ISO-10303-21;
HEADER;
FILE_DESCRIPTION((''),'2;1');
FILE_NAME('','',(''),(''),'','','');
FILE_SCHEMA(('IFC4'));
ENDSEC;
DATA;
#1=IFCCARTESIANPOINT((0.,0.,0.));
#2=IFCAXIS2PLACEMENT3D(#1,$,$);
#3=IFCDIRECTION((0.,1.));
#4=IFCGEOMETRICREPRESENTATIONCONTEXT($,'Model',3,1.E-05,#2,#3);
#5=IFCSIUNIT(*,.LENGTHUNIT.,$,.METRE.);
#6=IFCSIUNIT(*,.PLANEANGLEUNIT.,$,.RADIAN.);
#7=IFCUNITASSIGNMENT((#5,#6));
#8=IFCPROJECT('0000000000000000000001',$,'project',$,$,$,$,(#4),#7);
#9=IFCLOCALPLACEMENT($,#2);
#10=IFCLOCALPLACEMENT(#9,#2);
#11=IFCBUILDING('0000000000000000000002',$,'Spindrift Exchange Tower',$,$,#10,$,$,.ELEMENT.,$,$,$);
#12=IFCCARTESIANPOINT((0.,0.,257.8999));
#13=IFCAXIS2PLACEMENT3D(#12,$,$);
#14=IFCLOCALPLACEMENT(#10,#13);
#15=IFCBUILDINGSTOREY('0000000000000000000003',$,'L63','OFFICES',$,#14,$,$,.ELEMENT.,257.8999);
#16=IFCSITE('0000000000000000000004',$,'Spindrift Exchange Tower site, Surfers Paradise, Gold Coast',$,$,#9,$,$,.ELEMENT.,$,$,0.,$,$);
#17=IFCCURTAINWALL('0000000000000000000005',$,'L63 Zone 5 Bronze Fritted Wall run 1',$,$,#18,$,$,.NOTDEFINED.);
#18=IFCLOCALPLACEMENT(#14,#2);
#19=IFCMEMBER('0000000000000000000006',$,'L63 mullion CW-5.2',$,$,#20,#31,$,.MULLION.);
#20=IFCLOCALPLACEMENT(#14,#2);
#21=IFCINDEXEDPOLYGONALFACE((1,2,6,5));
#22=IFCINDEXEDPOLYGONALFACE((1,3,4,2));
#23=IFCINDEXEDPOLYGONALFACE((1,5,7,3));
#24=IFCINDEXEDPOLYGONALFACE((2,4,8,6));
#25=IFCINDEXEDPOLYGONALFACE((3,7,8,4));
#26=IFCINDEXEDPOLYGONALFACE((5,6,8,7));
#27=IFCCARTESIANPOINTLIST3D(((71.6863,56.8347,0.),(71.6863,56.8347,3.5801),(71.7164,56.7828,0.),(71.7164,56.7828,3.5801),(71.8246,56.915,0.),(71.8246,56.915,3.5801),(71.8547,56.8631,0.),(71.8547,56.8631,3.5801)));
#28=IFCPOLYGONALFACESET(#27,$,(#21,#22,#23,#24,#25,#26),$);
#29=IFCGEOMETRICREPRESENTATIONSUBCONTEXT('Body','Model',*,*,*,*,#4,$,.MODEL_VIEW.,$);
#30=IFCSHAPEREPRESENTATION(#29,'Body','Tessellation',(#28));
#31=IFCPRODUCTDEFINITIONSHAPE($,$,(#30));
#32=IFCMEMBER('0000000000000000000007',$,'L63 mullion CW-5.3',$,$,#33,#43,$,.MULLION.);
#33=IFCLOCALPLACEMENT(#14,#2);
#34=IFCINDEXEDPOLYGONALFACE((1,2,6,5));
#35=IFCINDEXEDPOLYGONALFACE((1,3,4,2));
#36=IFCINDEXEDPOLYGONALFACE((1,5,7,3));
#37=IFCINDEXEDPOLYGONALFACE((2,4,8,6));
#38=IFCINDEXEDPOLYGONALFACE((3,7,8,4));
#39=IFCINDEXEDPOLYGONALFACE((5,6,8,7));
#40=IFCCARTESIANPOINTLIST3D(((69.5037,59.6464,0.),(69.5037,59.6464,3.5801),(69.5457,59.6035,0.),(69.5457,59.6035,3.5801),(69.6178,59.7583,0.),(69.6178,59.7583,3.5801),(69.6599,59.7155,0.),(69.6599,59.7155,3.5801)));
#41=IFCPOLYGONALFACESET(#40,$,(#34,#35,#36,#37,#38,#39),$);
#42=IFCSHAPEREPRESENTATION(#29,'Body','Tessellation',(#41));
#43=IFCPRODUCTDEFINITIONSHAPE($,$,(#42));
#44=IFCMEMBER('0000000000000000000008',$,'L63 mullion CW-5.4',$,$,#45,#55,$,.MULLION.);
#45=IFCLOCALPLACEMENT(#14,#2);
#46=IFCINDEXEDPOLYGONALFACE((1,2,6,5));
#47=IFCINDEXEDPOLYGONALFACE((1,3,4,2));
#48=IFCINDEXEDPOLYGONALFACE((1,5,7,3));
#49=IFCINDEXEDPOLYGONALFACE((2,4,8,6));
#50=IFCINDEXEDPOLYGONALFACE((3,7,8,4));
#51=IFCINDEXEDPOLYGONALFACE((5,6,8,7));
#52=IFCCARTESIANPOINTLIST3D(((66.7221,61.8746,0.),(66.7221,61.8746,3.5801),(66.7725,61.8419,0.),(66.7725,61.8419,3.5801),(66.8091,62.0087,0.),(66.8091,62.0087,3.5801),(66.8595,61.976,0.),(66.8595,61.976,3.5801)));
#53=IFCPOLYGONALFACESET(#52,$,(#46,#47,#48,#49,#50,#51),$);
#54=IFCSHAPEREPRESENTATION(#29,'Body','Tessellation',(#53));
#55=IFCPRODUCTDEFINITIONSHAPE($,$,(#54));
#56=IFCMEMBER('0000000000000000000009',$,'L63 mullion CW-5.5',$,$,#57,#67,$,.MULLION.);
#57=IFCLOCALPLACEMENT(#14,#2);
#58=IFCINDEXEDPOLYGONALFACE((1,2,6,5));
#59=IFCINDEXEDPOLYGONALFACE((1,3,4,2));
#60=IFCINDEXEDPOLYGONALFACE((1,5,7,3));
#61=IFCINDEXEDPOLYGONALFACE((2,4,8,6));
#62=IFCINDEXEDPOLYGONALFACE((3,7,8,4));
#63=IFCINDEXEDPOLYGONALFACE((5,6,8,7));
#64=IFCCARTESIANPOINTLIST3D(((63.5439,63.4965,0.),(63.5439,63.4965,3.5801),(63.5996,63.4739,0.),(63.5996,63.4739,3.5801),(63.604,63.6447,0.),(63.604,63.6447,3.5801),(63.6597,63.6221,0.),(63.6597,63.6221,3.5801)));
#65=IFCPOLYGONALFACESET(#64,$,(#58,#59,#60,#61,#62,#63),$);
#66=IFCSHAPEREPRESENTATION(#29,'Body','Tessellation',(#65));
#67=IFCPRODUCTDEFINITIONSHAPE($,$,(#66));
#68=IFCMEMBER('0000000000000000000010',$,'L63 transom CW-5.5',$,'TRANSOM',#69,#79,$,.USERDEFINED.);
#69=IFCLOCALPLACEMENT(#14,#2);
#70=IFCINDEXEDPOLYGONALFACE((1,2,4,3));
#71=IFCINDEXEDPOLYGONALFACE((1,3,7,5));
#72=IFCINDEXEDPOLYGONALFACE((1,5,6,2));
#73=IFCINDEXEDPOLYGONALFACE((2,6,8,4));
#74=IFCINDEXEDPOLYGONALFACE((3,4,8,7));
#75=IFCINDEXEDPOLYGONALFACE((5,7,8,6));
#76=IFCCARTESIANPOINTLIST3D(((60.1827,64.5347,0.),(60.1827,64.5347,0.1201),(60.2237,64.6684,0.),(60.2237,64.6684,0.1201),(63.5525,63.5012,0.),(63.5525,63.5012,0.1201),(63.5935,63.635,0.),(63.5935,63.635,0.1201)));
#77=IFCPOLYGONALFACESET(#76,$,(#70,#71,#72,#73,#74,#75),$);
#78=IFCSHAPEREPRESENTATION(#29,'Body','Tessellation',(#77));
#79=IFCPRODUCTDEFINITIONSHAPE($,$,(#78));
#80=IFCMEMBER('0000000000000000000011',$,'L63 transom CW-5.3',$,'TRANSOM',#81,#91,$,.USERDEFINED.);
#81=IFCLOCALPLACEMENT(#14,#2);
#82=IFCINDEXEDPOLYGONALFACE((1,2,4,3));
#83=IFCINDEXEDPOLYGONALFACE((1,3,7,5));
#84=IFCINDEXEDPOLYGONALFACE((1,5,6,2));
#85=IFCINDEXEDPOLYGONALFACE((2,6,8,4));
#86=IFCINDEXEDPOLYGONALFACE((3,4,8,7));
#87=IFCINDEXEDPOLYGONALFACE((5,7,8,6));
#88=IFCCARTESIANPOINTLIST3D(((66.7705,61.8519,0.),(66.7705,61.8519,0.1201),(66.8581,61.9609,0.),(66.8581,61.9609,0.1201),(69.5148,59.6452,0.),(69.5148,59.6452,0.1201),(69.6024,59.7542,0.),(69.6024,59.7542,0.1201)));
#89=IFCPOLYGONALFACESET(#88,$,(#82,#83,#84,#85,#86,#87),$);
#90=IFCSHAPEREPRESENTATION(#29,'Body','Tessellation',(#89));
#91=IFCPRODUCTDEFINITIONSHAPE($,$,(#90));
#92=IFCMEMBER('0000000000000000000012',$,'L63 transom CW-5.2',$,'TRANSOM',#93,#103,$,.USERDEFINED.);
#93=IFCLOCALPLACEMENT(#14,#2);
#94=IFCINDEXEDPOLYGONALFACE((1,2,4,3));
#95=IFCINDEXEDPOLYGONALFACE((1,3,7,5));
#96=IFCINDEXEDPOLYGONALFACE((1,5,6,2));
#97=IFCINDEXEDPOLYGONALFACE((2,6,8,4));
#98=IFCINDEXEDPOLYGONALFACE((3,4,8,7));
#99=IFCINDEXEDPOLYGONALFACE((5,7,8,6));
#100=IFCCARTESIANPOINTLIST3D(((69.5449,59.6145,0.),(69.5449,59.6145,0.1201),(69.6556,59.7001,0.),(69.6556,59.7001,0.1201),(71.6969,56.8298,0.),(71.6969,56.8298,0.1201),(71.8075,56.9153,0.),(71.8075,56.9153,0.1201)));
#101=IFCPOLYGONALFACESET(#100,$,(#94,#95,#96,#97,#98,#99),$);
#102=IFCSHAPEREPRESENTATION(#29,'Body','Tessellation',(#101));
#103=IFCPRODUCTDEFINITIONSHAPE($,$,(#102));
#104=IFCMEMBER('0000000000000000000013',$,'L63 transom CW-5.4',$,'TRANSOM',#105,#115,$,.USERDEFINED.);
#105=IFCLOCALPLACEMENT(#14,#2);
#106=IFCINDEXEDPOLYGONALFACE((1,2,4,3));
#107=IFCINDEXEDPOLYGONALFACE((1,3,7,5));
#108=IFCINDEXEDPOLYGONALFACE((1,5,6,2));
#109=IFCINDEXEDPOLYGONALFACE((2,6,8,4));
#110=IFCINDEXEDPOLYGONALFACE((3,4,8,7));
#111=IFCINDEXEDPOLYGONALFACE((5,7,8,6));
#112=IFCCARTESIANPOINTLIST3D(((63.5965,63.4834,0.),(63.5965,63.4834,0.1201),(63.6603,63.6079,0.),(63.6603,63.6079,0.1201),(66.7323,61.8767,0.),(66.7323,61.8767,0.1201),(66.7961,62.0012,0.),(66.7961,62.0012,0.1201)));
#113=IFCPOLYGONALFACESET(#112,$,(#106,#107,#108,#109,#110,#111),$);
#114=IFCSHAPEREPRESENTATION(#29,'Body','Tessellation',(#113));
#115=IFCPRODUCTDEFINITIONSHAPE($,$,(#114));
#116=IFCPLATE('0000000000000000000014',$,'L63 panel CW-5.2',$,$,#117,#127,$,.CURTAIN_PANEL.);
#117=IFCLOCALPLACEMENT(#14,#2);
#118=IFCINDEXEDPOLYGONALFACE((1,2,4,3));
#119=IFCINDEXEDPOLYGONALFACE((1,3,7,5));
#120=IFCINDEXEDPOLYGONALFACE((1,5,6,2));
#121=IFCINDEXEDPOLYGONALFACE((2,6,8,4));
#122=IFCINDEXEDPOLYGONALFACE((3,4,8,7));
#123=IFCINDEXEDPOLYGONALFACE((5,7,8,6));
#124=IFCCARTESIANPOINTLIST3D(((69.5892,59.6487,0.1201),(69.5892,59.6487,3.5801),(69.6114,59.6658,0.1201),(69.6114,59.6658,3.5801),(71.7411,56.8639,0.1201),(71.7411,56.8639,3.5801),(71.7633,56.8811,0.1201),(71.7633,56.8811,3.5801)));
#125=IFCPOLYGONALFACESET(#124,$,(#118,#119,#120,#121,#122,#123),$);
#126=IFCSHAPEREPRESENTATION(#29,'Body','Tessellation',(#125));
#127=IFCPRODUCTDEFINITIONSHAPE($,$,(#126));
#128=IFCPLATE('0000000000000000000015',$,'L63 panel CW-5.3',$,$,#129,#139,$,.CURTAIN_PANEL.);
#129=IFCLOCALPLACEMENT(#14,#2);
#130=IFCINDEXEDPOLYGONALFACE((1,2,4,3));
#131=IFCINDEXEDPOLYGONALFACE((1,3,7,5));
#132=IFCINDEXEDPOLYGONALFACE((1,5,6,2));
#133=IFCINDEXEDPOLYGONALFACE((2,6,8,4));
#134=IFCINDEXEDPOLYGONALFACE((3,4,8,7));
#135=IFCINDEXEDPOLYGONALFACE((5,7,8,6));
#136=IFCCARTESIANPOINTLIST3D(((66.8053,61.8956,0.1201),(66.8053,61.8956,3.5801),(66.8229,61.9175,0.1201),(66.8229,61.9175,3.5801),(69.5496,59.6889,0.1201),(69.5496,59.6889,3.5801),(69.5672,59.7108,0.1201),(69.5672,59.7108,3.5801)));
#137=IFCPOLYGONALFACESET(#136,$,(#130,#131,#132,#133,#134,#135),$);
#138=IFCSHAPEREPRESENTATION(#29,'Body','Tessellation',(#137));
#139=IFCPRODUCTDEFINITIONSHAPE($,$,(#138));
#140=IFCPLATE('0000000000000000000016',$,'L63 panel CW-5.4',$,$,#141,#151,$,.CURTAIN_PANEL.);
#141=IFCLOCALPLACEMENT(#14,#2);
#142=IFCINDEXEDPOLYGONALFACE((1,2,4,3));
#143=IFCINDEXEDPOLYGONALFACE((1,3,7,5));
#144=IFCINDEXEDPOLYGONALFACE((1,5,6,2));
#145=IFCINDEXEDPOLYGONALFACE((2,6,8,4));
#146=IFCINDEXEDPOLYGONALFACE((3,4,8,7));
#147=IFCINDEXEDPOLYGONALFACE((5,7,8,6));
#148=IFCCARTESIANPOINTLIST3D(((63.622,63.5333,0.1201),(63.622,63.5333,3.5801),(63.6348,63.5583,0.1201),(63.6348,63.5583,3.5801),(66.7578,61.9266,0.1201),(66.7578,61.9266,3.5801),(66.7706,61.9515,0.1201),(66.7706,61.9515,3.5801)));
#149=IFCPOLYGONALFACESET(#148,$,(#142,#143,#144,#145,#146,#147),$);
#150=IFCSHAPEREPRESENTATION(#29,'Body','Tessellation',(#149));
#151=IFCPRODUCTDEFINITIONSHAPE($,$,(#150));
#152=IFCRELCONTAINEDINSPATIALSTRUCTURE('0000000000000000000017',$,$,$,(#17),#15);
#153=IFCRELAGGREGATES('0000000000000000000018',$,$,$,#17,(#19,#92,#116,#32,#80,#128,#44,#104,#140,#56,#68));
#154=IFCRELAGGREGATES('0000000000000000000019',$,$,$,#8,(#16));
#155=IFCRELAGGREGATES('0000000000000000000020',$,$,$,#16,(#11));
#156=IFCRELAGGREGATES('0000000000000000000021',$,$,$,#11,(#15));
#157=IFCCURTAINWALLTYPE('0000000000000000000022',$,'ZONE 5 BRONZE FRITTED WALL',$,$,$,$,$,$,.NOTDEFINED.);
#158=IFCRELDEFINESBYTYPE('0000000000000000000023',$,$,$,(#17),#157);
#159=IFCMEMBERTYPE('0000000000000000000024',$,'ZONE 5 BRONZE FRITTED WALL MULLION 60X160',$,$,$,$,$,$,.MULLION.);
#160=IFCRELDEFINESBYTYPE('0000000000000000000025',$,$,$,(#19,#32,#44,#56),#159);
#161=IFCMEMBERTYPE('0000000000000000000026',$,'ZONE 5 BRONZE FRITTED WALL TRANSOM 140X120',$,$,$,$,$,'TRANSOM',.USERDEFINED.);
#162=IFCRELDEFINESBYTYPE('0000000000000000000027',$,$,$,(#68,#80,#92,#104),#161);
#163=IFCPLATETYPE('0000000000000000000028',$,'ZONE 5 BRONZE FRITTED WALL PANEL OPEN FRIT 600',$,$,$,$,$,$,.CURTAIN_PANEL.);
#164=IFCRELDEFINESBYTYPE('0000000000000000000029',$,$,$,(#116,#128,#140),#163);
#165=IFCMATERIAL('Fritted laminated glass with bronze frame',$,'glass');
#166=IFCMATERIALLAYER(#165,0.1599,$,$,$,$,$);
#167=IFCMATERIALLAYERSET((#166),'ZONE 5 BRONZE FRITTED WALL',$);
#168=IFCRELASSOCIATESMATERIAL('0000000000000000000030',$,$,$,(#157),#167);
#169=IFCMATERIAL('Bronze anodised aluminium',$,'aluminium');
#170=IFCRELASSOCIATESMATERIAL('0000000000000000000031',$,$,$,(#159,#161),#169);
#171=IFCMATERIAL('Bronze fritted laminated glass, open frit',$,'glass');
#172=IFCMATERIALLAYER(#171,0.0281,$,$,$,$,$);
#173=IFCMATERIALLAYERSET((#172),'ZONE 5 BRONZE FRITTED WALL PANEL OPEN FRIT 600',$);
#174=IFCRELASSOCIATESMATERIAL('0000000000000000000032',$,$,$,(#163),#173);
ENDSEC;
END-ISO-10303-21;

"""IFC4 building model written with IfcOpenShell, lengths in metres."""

from ifc_helpers import new_model, si_unit, direction, frame, origin, origin_2d, place, context, subcontext, project, spatial, rectangle, extrude, source, transform, mapped, material, layer, layer_set, material_profile, profile_set, type_object, element, aggregate, save


model = new_model("IFC4")

# Units and contexts
model_context = context("Model", 3, precision=1e-05, world=origin(), true_north=direction((0.0, 1.0)))
body_context = subcontext(model_context, "Body", "Model", "MODEL_VIEW")
ifc_project = project(units=[si_unit("LENGTHUNIT", "METRE"), si_unit("PLANEANGLEUNIT", "RADIAN")], contexts=[model_context])

# Site, building, storey
site_placement = place(None, origin())
site = spatial("IfcSite", under=ifc_project, at=site_placement, Name="Spindrift Exchange Tower site, Surfers Paradise, Gold Coast", CompositionType="ELEMENT", RefElevation=0.0)
building_placement = place(site_placement, origin())
building = spatial("IfcBuilding", under=site, at=building_placement, Name="Spindrift Exchange Tower", CompositionType="ELEMENT")
storey_placement = place(building_placement, frame((0.0, 0.0, 257.8999)))
storey = spatial("IfcBuildingStorey", under=building, at=storey_placement, Name="L63", Description="OFFICES", CompositionType="ELEMENT", Elevation=257.8999)

# Curtain wall, members, plates
ifc_material_1 = material(Name="Fritted laminated glass with bronze frame", Category="glass")
ifc_layer_1 = layer(ifc_material_1, 0.1599)
ifc_layer_set_1 = layer_set([ifc_layer_1], Name="ZONE 5 BRONZE FRITTED WALL")
curtain_wall_type = type_object("IfcCurtainWallType", Name="ZONE 5 BRONZE FRITTED WALL", PredefinedType="NOTDEFINED", material=ifc_layer_set_1)
curtain_wall_placement = place(storey_placement, origin())
curtain_wall = element("IfcCurtainWall", 1, at=curtain_wall_placement, inside=storey, type_object=curtain_wall_type, Name="L63 Zone 5 Bronze Fritted Wall run 1", PredefinedType="NOTDEFINED")
ifc_material_2 = material(Name="Bronze anodised aluminium", Category="aluminium")
ifc_material_profile_1 = material_profile(ifc_material_2, rectangle(XDim=0.0601, YDim=0.1599, at=origin_2d()), Name="ZONE 5 BRONZE FRITTED WALL MULLION 60X160")
ifc_profile_set_1 = profile_set([ifc_material_profile_1], Name="Bronze anodised aluminium")
member_type_1 = type_object("IfcMemberType", Name="ZONE 5 BRONZE FRITTED WALL MULLION 60X160", PredefinedType="MULLION", material=ifc_profile_set_1)
shared_shape_1 = source(origin(), body_context, "Body", "SweptSolid", [
    extrude(rectangle(XDim=0.0601, YDim=0.1599, at=origin_2d()), origin(), (0.0, 0.0, 1.0), 3.5801),
])
member_1_placement = place(storey_placement, frame((71.7705, 56.8489, 0.0), z_axis=(0.0, 0.0, 1.0), x_axis=(-0.502108, 0.864805, 0.0)))
member_1 = element("IfcMember", 2, at=member_1_placement, type_object=member_type_1, Name="L63 mullion CW-5.2", PredefinedType="MULLION", context=body_context, shape_type="MappedRepresentation", body=[
    mapped(shared_shape_1, transform((0.0, 0.0, 0.0), scale=1.0)),
])
member_2_placement = place(storey_placement, frame((69.5818, 59.6809, 0.0), z_axis=(0.0, 0.0, 1.0), x_axis=(-0.700242, 0.713906, 0.0)))
member_2 = element("IfcMember", 3, at=member_2_placement, type_object=member_type_1, Name="L63 mullion CW-5.3", PredefinedType="MULLION", context=body_context, shape_type="MappedRepresentation", body=[
    mapped(shared_shape_1, transform((0.0, 0.0, 0.0), scale=1.0)),
])
member_3_placement = place(storey_placement, frame((66.7908, 61.9253, 0.0), z_axis=(0.0, 0.0, 1.0), x_axis=(-0.838988, 0.54415, 0.0)))
member_3 = element("IfcMember", 4, at=member_3_placement, type_object=member_type_1, Name="L63 mullion CW-5.4", PredefinedType="MULLION", context=body_context, shape_type="MappedRepresentation", body=[
    mapped(shared_shape_1, transform((0.0, 0.0, 0.0), scale=1.0)),
])
member_4_placement = place(storey_placement, frame((63.6018, 63.5593, 0.0), z_axis=(0.0, 0.0, 1.0), x_axis=(-0.926596, 0.376059, 0.0)))
member_4 = element("IfcMember", 5, at=member_4_placement, type_object=member_type_1, Name="L63 mullion CW-5.5", PredefinedType="MULLION", context=body_context, shape_type="MappedRepresentation", body=[
    mapped(shared_shape_1, transform((0.0, 0.0, 0.0), scale=1.0)),
])
ifc_material_profile_2 = material_profile(ifc_material_2, rectangle(XDim=0.1399, YDim=0.1201, at=origin_2d()), Name="ZONE 5 BRONZE FRITTED WALL TRANSOM 140X120")
ifc_profile_set_2 = profile_set([ifc_material_profile_2], Name="Bronze anodised aluminium")
member_type_2 = type_object("IfcMemberType", Name="ZONE 5 BRONZE FRITTED WALL TRANSOM 140X120", ElementType="TRANSOM", PredefinedType="USERDEFINED", material=ifc_profile_set_2)
shared_shape_2 = source(origin(), body_context, "Body", "SweptSolid", [
    extrude(rectangle(XDim=0.1399, YDim=0.1201, at=origin_2d()), origin(), (0.0, 0.0, 1.0), 3.5247),
])
member_5_placement = place(storey_placement, frame((63.573, 63.5681, 0.0601), z_axis=(-0.956053, 0.293195, 0.0), x_axis=(-0.293195, -0.956053, 0.0)))
member_5 = element("IfcMember", 6, at=member_5_placement, type_object=member_type_2, Name="L63 transom CW-5.5", ObjectType="TRANSOM", PredefinedType="USERDEFINED", context=body_context, shape_type="MappedRepresentation", body=[
    mapped(shared_shape_2, transform((0.0, 0.0, 0.0), scale=1.0)),
])
shared_shape_3 = source(origin(), body_context, "Body", "SweptSolid", [
    extrude(rectangle(XDim=0.1399, YDim=0.1201, at=origin_2d()), origin(), (0.0, 0.0, 1.0), 3.5215),
])
member_6_placement = place(storey_placement, frame((69.5586, 59.6997, 0.0601), z_axis=(-0.779304, 0.626646, 0.0), x_axis=(-0.626646, -0.779304, 0.0)))
member_6 = element("IfcMember", 7, at=member_6_placement, type_object=member_type_2, Name="L63 transom CW-5.3", ObjectType="TRANSOM", PredefinedType="USERDEFINED", context=body_context, shape_type="MappedRepresentation", body=[
    mapped(shared_shape_3, transform((0.0, 0.0, 0.0), scale=1.0)),
])
shared_shape_4 = source(origin(), body_context, "Body", "SweptSolid", [
    extrude(rectangle(XDim=0.1399, YDim=0.1201, at=origin_2d()), origin(), (0.0, 0.0, 1.0), 3.5193),
])
member_7_placement = place(storey_placement, frame((71.7522, 56.8726, 0.0601), z_axis=(-0.611459, 0.791276, 0.0), x_axis=(-0.791276, -0.611459, 0.0)))
member_7 = element("IfcMember", 8, at=member_7_placement, type_object=member_type_2, Name="L63 transom CW-5.2", ObjectType="TRANSOM", PredefinedType="USERDEFINED", context=body_context, shape_type="MappedRepresentation", body=[
    mapped(shared_shape_4, transform((0.0, 0.0, 0.0), scale=1.0)),
])
shared_shape_5 = source(origin(), body_context, "Body", "SweptSolid", [
    extrude(rectangle(XDim=0.1399, YDim=0.1201, at=origin_2d()), origin(), (0.0, 0.0, 1.0), 3.5234),
])
member_8_placement = place(storey_placement, frame((66.7642, 61.939, 0.0601), z_axis=(-0.889977, 0.456006, 0.0), x_axis=(-0.456006, -0.889977, 0.0)))
member_8 = element("IfcMember", 9, at=member_8_placement, type_object=member_type_2, Name="L63 transom CW-5.4", ObjectType="TRANSOM", PredefinedType="USERDEFINED", context=body_context, shape_type="MappedRepresentation", body=[
    mapped(shared_shape_5, transform((0.0, 0.0, 0.0), scale=1.0)),
])
ifc_material_3 = material(Name="Bronze fritted laminated glass, open frit", Category="glass")
ifc_layer_2 = layer(ifc_material_3, 0.0281)
ifc_layer_set_2 = layer_set([ifc_layer_2], Name="ZONE 5 BRONZE FRITTED WALL PANEL OPEN FRIT 600")
plate_type = type_object("IfcPlateType", Name="ZONE 5 BRONZE FRITTED WALL PANEL OPEN FRIT 600", PredefinedType="CURTAIN_PANEL", material=ifc_layer_set_2)
shared_shape_6 = source(origin(), body_context, "Body", "SweptSolid", [
    extrude(rectangle(XDim=3.5193, YDim=0.0281, at=origin_2d()), origin(), (0.0, 0.0, 1.0), 3.46),
])
plate_1_placement = place(storey_placement, frame((70.6763, 58.2649, 0.1201), z_axis=(0.0, 0.0, 1.0), x_axis=(-0.611462, 0.791274, 0.0)))
plate_1 = element("IfcPlate", 10, at=plate_1_placement, type_object=plate_type, Name="L63 panel CW-5.2", PredefinedType="CURTAIN_PANEL", context=body_context, shape_type="MappedRepresentation", body=[
    mapped(shared_shape_6, transform((0.0, 0.0, 0.0), scale=1.0)),
])
shared_shape_7 = source(origin(), body_context, "Body", "SweptSolid", [
    extrude(rectangle(XDim=3.5215, YDim=0.0281, at=origin_2d()), origin(), (0.0, 0.0, 1.0), 3.46),
])
plate_2_placement = place(storey_placement, frame((68.1863, 60.8032, 0.1201), z_axis=(0.0, 0.0, 1.0), x_axis=(-0.779311, 0.626638, 0.0)))
plate_2 = element("IfcPlate", 11, at=plate_2_placement, type_object=plate_type, Name="L63 panel CW-5.3", PredefinedType="CURTAIN_PANEL", context=body_context, shape_type="MappedRepresentation", body=[
    mapped(shared_shape_7, transform((0.0, 0.0, 0.0), scale=1.0)),
])
shared_shape_8 = source(origin(), body_context, "Body", "SweptSolid", [
    extrude(rectangle(XDim=3.5234, YDim=0.0281, at=origin_2d()), origin(), (0.0, 0.0, 1.0), 3.46),
])
plate_3_placement = place(storey_placement, frame((65.1963, 62.7424, 0.1201), z_axis=(0.0, 0.0, 1.0), x_axis=(-0.889969, 0.456022, 0.0)))
plate_3 = element("IfcPlate", 12, at=plate_3_placement, type_object=plate_type, Name="L63 panel CW-5.4", PredefinedType="CURTAIN_PANEL", context=body_context, shape_type="MappedRepresentation", body=[
    mapped(shared_shape_8, transform((0.0, 0.0, 0.0), scale=1.0)),
])
aggregate(curtain_wall, [member_1, member_7, plate_1, member_2, member_6, plate_2, member_3, member_8, plate_3, member_4, member_5])

save(model, "model.ifc")
